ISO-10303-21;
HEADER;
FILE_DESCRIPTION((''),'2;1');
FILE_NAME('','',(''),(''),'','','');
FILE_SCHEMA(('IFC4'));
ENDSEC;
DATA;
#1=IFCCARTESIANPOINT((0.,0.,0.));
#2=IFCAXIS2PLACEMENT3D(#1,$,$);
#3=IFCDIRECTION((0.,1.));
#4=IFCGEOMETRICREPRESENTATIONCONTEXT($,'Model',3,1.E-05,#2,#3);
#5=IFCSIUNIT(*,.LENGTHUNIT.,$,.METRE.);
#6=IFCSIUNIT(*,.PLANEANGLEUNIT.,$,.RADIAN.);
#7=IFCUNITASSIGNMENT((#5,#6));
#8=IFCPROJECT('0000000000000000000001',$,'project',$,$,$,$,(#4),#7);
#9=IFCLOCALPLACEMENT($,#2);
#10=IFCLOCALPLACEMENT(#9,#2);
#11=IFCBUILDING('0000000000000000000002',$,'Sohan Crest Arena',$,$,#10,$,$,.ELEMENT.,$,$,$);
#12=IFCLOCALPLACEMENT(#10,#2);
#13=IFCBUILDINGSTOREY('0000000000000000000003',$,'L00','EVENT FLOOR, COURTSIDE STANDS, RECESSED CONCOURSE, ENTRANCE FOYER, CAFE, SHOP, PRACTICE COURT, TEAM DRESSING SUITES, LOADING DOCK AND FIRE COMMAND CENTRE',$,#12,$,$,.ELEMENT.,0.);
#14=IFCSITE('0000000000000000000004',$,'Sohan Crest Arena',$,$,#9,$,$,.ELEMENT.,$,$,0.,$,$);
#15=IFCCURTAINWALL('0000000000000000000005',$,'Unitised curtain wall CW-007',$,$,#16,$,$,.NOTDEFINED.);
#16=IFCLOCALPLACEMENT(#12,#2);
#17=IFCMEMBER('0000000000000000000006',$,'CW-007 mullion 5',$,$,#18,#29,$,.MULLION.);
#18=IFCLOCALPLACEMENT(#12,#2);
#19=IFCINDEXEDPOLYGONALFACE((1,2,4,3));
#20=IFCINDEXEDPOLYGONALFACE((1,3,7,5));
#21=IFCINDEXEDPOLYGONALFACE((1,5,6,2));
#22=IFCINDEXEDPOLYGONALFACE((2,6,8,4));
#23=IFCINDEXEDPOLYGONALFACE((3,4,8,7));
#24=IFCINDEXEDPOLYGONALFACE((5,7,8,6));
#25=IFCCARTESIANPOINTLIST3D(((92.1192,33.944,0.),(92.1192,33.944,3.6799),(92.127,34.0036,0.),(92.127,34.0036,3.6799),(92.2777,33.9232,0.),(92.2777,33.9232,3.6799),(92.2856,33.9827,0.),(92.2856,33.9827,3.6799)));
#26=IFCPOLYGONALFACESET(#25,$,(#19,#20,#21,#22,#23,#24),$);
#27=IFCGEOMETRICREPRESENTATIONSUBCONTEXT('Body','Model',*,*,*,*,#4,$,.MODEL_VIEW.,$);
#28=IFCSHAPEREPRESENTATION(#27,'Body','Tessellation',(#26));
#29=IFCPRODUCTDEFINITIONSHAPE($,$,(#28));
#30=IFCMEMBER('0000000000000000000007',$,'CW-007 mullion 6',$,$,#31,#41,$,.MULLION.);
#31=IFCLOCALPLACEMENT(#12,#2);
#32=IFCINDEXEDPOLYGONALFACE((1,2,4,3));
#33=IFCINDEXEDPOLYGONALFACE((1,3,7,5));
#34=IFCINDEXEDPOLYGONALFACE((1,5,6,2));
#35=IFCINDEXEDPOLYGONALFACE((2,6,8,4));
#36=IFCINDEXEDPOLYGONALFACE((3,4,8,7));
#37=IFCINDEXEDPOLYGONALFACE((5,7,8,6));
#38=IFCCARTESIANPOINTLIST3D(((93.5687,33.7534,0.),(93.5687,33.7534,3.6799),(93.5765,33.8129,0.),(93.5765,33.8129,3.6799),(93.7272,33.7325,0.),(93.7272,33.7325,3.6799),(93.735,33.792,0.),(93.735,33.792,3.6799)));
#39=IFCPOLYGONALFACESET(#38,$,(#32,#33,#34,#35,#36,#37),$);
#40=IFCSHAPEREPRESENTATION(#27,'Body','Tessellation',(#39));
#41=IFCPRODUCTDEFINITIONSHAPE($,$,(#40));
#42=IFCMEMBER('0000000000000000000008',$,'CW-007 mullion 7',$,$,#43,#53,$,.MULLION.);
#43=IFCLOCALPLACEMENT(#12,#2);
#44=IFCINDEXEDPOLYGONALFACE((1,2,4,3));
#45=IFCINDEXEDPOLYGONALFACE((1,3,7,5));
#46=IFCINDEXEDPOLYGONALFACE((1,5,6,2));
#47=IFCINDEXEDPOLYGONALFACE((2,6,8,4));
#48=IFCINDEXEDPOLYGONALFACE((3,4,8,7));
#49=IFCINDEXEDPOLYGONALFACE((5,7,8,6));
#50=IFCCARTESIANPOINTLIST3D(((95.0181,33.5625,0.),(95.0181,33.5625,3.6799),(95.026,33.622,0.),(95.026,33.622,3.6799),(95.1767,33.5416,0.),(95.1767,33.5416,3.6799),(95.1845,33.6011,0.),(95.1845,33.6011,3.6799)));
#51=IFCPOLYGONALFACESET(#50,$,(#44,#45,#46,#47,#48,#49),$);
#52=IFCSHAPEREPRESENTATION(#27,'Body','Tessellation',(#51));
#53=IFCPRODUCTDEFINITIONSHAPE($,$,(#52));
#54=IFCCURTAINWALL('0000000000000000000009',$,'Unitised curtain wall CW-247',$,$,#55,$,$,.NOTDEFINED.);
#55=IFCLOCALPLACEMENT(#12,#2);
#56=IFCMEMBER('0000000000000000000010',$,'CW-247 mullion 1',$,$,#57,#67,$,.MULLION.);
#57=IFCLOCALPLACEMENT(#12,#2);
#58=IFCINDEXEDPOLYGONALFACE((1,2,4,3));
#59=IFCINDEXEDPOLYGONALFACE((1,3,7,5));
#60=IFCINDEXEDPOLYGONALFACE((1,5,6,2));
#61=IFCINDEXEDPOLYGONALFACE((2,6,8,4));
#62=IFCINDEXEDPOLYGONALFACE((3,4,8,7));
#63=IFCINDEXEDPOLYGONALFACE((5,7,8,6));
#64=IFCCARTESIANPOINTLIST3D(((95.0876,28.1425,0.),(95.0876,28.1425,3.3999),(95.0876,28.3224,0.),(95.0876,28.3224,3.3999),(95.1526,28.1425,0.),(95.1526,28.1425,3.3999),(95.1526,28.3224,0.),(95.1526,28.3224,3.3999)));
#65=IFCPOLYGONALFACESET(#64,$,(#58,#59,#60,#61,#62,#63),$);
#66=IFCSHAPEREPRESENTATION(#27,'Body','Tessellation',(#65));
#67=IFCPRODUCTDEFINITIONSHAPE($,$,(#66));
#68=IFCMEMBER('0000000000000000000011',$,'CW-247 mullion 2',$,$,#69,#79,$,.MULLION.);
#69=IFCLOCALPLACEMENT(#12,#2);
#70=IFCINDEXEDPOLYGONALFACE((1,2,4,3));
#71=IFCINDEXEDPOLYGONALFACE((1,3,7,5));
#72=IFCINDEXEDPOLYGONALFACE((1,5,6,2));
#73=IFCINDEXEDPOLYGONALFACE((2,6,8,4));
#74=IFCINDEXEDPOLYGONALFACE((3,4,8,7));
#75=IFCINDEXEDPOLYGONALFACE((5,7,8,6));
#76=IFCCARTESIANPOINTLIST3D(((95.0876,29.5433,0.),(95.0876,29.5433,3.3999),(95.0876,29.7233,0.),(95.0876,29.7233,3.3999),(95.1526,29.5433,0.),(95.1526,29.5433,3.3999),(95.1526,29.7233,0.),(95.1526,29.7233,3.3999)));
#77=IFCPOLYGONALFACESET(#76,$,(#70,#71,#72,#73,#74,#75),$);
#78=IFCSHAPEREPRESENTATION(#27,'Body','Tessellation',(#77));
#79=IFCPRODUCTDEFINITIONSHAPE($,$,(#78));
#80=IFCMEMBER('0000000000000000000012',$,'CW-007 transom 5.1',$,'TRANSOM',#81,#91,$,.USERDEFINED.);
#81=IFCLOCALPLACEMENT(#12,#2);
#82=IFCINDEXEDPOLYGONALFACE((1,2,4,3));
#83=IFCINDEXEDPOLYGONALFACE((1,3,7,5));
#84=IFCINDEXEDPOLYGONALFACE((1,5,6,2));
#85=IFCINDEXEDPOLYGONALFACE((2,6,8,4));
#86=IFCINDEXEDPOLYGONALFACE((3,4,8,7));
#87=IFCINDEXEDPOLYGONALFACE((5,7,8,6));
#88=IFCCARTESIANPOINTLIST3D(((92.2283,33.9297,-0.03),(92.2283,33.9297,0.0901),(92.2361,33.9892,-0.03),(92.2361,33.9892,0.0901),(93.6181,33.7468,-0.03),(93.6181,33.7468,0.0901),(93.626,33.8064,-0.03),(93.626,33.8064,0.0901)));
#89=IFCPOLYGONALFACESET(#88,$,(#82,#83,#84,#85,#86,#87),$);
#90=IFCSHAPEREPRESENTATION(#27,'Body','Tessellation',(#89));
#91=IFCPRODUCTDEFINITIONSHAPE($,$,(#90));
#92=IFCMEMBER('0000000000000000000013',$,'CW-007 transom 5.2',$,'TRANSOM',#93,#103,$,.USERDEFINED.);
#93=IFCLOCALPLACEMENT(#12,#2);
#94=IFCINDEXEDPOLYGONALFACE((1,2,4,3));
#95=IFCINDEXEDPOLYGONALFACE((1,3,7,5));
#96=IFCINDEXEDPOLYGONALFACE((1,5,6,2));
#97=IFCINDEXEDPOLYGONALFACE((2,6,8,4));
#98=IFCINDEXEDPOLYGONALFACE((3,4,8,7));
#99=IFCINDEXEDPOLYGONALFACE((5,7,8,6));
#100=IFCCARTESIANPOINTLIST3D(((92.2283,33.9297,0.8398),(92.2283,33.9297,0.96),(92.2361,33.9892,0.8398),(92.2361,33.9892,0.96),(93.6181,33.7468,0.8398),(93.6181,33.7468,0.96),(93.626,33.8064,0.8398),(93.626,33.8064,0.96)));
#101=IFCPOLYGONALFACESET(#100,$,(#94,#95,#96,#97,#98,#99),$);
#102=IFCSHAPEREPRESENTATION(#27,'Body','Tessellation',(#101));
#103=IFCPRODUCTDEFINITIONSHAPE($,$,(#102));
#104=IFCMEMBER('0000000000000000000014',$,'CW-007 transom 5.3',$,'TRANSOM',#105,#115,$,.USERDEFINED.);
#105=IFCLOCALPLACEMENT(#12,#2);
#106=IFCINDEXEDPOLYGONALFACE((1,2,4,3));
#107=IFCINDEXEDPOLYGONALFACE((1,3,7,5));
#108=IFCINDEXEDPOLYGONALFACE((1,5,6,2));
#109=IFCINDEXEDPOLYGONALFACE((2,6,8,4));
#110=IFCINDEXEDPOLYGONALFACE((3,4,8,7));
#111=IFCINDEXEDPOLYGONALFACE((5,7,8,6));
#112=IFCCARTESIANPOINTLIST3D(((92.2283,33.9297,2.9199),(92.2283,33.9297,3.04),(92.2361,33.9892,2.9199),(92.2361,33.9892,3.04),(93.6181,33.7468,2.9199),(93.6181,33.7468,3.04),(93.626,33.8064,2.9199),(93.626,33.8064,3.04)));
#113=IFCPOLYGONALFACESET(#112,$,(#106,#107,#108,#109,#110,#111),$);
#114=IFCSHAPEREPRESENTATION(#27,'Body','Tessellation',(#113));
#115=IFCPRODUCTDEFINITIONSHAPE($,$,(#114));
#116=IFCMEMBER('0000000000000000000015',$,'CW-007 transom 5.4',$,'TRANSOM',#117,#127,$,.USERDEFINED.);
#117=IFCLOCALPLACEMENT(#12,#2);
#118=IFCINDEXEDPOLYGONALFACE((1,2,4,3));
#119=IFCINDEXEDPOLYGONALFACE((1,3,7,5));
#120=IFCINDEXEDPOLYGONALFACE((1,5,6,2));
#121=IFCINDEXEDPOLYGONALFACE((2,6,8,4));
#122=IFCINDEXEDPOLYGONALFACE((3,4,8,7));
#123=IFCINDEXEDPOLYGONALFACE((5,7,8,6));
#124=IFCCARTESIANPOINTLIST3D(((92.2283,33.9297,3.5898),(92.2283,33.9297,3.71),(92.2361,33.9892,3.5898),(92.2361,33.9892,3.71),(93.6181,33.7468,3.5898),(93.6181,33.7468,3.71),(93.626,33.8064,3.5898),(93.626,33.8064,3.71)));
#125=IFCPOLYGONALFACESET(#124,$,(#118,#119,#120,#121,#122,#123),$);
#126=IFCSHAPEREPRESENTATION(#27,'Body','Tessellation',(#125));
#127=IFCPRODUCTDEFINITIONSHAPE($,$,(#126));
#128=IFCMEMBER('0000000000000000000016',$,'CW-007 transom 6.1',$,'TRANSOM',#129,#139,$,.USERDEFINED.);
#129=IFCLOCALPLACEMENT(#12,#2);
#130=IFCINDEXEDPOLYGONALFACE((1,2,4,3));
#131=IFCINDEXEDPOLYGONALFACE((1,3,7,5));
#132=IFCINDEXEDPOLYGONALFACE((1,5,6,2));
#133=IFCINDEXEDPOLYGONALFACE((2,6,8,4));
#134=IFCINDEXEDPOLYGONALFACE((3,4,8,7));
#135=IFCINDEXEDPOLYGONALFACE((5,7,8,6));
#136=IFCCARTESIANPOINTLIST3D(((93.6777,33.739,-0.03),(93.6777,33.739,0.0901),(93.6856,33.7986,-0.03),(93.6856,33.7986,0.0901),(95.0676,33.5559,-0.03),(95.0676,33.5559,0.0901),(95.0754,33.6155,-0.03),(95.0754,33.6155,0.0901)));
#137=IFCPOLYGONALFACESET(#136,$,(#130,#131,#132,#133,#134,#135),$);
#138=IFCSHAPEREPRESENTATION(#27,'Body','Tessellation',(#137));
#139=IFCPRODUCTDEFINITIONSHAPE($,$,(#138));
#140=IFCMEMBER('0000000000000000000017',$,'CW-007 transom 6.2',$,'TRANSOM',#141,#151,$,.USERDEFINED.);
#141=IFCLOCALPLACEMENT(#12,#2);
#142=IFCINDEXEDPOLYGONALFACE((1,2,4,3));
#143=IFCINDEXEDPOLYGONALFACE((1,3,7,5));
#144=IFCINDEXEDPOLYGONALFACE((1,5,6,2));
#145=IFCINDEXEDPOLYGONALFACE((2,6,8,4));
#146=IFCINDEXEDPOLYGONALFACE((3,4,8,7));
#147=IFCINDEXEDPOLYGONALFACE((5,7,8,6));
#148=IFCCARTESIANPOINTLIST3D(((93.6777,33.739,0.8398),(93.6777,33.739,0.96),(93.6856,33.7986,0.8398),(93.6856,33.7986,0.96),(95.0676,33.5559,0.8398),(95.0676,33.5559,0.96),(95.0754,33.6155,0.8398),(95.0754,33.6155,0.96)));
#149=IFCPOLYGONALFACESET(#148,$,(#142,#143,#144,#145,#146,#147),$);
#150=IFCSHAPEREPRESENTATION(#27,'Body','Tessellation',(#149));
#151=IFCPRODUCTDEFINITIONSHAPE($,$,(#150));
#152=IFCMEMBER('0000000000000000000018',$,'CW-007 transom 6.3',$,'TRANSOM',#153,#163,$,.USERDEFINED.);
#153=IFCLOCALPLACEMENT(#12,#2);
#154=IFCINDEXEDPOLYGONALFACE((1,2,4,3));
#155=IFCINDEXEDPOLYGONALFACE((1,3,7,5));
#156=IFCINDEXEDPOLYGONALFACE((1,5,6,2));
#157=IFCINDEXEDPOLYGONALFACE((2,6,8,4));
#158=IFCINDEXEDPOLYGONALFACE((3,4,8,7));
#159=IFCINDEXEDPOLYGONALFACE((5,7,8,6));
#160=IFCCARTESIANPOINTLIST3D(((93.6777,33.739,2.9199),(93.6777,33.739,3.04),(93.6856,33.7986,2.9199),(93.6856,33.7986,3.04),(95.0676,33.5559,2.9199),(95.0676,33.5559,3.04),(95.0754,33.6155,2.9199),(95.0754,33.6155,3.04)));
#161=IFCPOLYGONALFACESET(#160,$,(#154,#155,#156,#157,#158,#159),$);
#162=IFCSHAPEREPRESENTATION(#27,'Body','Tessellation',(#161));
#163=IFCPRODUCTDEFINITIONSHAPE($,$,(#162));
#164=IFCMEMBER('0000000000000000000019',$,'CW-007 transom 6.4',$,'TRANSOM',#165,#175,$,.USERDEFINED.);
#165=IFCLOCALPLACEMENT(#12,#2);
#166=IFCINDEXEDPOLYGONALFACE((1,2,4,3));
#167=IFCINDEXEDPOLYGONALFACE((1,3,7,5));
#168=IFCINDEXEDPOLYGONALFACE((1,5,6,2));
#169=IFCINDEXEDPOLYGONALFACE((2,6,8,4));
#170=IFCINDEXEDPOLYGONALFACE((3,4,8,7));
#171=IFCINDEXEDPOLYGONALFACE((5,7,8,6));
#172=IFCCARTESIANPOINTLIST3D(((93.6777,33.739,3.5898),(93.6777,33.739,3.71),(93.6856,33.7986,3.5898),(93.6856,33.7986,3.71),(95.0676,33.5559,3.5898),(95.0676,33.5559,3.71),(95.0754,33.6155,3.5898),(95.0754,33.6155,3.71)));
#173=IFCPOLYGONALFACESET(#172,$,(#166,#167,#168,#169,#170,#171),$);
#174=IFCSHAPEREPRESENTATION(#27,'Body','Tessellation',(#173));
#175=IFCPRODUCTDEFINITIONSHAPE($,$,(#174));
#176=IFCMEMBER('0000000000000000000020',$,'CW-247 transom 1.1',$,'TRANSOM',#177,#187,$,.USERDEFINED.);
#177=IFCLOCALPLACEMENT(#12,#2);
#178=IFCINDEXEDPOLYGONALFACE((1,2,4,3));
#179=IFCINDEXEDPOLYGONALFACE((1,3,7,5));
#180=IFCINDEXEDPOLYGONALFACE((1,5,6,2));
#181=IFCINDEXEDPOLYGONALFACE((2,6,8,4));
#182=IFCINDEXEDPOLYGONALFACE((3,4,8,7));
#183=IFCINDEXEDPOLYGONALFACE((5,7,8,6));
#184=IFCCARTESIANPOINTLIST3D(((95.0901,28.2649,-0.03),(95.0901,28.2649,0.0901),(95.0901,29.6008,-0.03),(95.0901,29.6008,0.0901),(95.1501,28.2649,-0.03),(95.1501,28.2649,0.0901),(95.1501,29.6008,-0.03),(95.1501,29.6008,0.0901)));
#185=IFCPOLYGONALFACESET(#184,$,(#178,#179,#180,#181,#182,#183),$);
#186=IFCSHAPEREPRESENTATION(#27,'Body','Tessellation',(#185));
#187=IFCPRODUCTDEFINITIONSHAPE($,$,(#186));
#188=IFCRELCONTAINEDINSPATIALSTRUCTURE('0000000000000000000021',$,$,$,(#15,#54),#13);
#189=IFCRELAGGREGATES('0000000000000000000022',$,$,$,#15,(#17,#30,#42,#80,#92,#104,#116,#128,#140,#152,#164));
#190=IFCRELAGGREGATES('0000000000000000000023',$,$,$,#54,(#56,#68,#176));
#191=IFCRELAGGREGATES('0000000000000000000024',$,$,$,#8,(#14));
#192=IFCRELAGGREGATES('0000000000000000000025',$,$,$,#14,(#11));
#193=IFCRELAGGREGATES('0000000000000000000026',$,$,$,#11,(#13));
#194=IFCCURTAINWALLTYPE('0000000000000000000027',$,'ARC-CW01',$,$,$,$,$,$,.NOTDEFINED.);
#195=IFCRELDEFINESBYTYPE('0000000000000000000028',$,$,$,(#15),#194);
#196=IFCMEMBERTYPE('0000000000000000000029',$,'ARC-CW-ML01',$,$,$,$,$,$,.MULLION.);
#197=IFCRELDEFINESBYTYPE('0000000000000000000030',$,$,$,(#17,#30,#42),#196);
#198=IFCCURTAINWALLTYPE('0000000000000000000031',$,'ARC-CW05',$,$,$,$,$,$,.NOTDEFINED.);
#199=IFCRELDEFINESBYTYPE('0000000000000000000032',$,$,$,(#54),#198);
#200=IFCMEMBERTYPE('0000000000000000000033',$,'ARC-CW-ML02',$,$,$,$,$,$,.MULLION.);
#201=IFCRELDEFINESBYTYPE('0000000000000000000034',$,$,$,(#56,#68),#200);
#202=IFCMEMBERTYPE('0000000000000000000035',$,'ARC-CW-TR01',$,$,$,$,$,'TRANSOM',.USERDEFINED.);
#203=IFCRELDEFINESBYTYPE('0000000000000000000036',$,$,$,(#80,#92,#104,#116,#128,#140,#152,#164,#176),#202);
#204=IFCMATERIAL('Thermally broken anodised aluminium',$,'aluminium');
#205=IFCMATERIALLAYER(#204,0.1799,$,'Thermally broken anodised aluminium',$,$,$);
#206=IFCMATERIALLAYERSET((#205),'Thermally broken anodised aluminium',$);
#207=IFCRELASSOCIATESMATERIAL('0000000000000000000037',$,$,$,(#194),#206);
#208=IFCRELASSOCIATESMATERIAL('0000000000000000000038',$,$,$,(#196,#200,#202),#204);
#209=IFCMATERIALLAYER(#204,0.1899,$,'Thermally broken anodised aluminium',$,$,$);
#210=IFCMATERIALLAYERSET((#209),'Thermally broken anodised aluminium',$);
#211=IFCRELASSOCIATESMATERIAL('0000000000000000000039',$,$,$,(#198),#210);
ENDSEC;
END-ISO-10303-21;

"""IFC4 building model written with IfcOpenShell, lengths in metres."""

from ifc_helpers import new_model, si_unit, direction, frame, origin, origin_2d, place, context, subcontext, project, spatial, rectangle, extrude, material, layer, layer_set, material_profile, profile_set, type_object, element, aggregate, save


model = new_model("IFC4")

# Units and contexts
model_context = context("Model", 3, precision=1e-05, world=origin(), true_north=direction((0.0, 1.0)))
body_context = subcontext(model_context, "Body", "Model", "MODEL_VIEW")
ifc_project = project(units=[si_unit("LENGTHUNIT", "METRE"), si_unit("PLANEANGLEUNIT", "RADIAN")], contexts=[model_context])

# Site, building, storey
site_placement = place(None, origin())
site = spatial("IfcSite", under=ifc_project, at=site_placement, Name="Sohan Crest Arena", CompositionType="ELEMENT", RefElevation=0.0)
building_placement = place(site_placement, origin())
building = spatial("IfcBuilding", under=site, at=building_placement, Name="Sohan Crest Arena", CompositionType="ELEMENT")
storey_placement = place(building_placement, origin())
storey = spatial("IfcBuildingStorey", under=building, at=storey_placement, Name="L00", Description="EVENT FLOOR, COURTSIDE STANDS, RECESSED CONCOURSE, ENTRANCE FOYER, CAFE, SHOP, PRACTICE COURT, TEAM DRESSING SUITES, LOADING DOCK AND FIRE COMMAND CENTRE", CompositionType="ELEMENT", Elevation=0.0)

# Curtain walls, members
ifc_material_1 = material(Name="Thermally broken anodised aluminium", Category="aluminium")
ifc_layer_1 = layer(ifc_material_1, 0.1799, Name="Thermally broken anodised aluminium")
ifc_layer_set_1 = layer_set([ifc_layer_1], Name="Thermally broken anodised aluminium")
curtain_wall_type_1 = type_object("IfcCurtainWallType", Name="ARC-CW01", PredefinedType="NOTDEFINED", material=ifc_layer_set_1)
curtain_wall_1_placement = place(storey_placement, origin())
curtain_wall_1 = element("IfcCurtainWall", 1, at=curtain_wall_1_placement, inside=storey, type_object=curtain_wall_type_1, Name="Unitised curtain wall CW-007", PredefinedType="NOTDEFINED")
ifc_material_profile_1 = material_profile(ifc_material_1, rectangle(XDim=0.0601, YDim=0.1599, at=origin_2d()), Name="ALU-MULL 60x160")
ifc_profile_set_1 = profile_set([ifc_material_profile_1], Name="Thermally broken anodised aluminium")
member_type_1 = type_object("IfcMemberType", Name="ARC-CW-ML01", PredefinedType="MULLION", material=ifc_profile_set_1)
member_1_placement = place(storey_placement, frame((92.2024, 33.9634, 0.0), z_axis=(0.0, 0.0, 1.0), x_axis=(0.130567, 0.991439, 0.0)))
member_1 = element("IfcMember", 2, at=member_1_placement, type_object=member_type_1, Name="CW-007 mullion 5", PredefinedType="MULLION", context=body_context, shape_type="SweptSolid", body=[
    extrude(rectangle(XDim=0.0601, YDim=0.1599, at=origin_2d()), origin(), (0.0, 0.0, 1.0), 3.6799),
])
member_2_placement = place(storey_placement, frame((93.6519, 33.7727, 0.0), z_axis=(0.0, 0.0, 1.0), x_axis=(0.130567, 0.991439, 0.0)))
member_2 = element("IfcMember", 3, at=member_2_placement, type_object=member_type_1, Name="CW-007 mullion 6", PredefinedType="MULLION", context=body_context, shape_type="SweptSolid", body=[
    extrude(rectangle(XDim=0.0601, YDim=0.1599, at=origin_2d()), origin(), (0.0, 0.0, 1.0), 3.6799),
])
member_3_placement = place(storey_placement, frame((95.1013, 33.5818, 0.0), z_axis=(0.0, 0.0, 1.0), x_axis=(0.130567, 0.991439, 0.0)))
member_3 = element("IfcMember", 4, at=member_3_placement, type_object=member_type_1, Name="CW-007 mullion 7", PredefinedType="MULLION", context=body_context, shape_type="SweptSolid", body=[
    extrude(rectangle(XDim=0.0601, YDim=0.1599, at=origin_2d()), origin(), (0.0, 0.0, 1.0), 3.6799),
])
ifc_layer_2 = layer(ifc_material_1, 0.1899, Name="Thermally broken anodised aluminium")
ifc_layer_set_2 = layer_set([ifc_layer_2], Name="Thermally broken anodised aluminium")
curtain_wall_type_2 = type_object("IfcCurtainWallType", Name="ARC-CW05", PredefinedType="NOTDEFINED", material=ifc_layer_set_2)
curtain_wall_2_placement = place(storey_placement, origin())
curtain_wall_2 = element("IfcCurtainWall", 5, at=curtain_wall_2_placement, inside=storey, type_object=curtain_wall_type_2, Name="Unitised curtain wall CW-247", PredefinedType="NOTDEFINED")
ifc_material_profile_2 = material_profile(ifc_material_1, rectangle(XDim=0.0649, YDim=0.1799, at=origin_2d()), Name="ALU-MULL 65x180")
ifc_profile_set_2 = profile_set([ifc_material_profile_2], Name="Thermally broken anodised aluminium")
member_type_2 = type_object("IfcMemberType", Name="ARC-CW-ML02", PredefinedType="MULLION", material=ifc_profile_set_2)
member_4_placement = place(storey_placement, frame((95.1201, 28.2324, 0.0), z_axis=(0.0, 0.0, 1.0), x_axis=(-1.0, 0.0, 0.0)))
member_4 = element("IfcMember", 6, at=member_4_placement, type_object=member_type_2, Name="CW-247 mullion 1", PredefinedType="MULLION", context=body_context, shape_type="SweptSolid", body=[
    extrude(rectangle(XDim=0.0649, YDim=0.1799, at=origin_2d()), origin(), (0.0, 0.0, 1.0), 3.3999),
])
member_5_placement = place(storey_placement, frame((95.1201, 29.6333, 0.0), z_axis=(0.0, 0.0, 1.0), x_axis=(-1.0, 0.0, 0.0)))
member_5 = element("IfcMember", 7, at=member_5_placement, type_object=member_type_2, Name="CW-247 mullion 2", PredefinedType="MULLION", context=body_context, shape_type="SweptSolid", body=[
    extrude(rectangle(XDim=0.0649, YDim=0.1799, at=origin_2d()), origin(), (0.0, 0.0, 1.0), 3.3999),
])

# Members
ifc_material_profile_3 = material_profile(ifc_material_1, rectangle(XDim=0.0601, YDim=0.1201, at=origin_2d()), Name="ALU-TRAN 60x120")
ifc_profile_set_3 = profile_set([ifc_material_profile_3], Name="Thermally broken anodised aluminium")
member_type_3 = type_object("IfcMemberType", Name="ARC-CW-TR01", ElementType="TRANSOM", PredefinedType="USERDEFINED", material=ifc_profile_set_3)
member_6_placement = place(storey_placement, frame((92.2322, 33.9595, 0.03), z_axis=(0.991456, -0.130441, 0.0), x_axis=(0.130441, 0.991456, 0.0)))
member_6 = element("IfcMember", 8, at=member_6_placement, type_object=member_type_3, Name="CW-007 transom 5.1", ObjectType="TRANSOM", PredefinedType="USERDEFINED", context=body_context, shape_type="SweptSolid", body=[
    extrude(rectangle(XDim=0.0601, YDim=0.1201, at=origin_2d()), origin(), (0.0, 0.0, 1.0), 1.4019),
])
member_7_placement = place(storey_placement, frame((92.2322, 33.9595, 0.8999), z_axis=(0.991456, -0.130441, 0.0), x_axis=(0.130441, 0.991456, 0.0)))
member_7 = element("IfcMember", 9, at=member_7_placement, type_object=member_type_3, Name="CW-007 transom 5.2", ObjectType="TRANSOM", PredefinedType="USERDEFINED", context=body_context, shape_type="SweptSolid", body=[
    extrude(rectangle(XDim=0.0601, YDim=0.1201, at=origin_2d()), origin(), (0.0, 0.0, 1.0), 1.4019),
])
member_8_placement = place(storey_placement, frame((92.2322, 33.9595, 2.98), z_axis=(0.991456, -0.130441, 0.0), x_axis=(0.130441, 0.991456, 0.0)))
member_8 = element("IfcMember", 10, at=member_8_placement, type_object=member_type_3, Name="CW-007 transom 5.3", ObjectType="TRANSOM", PredefinedType="USERDEFINED", context=body_context, shape_type="SweptSolid", body=[
    extrude(rectangle(XDim=0.0601, YDim=0.1201, at=origin_2d()), origin(), (0.0, 0.0, 1.0), 1.4019),
])
member_9_placement = place(storey_placement, frame((92.2322, 33.9595, 3.6499), z_axis=(0.991456, -0.130441, 0.0), x_axis=(0.130441, 0.991456, 0.0)))
member_9 = element("IfcMember", 11, at=member_9_placement, type_object=member_type_3, Name="CW-007 transom 5.4", ObjectType="TRANSOM", PredefinedType="USERDEFINED", context=body_context, shape_type="SweptSolid", body=[
    extrude(rectangle(XDim=0.0601, YDim=0.1201, at=origin_2d()), origin(), (0.0, 0.0, 1.0), 1.4019),
])
member_10_placement = place(storey_placement, frame((93.6816, 33.7688, 0.03), z_axis=(0.991434, -0.130612, 0.0), x_axis=(0.130612, 0.991434, 0.0)))
member_10 = element("IfcMember", 12, at=member_10_placement, type_object=member_type_3, Name="CW-007 transom 6.1", ObjectType="TRANSOM", PredefinedType="USERDEFINED", context=body_context, shape_type="SweptSolid", body=[
    extrude(rectangle(XDim=0.0601, YDim=0.1201, at=origin_2d()), origin(), (0.0, 0.0, 1.0), 1.4019),
])
member_11_placement = place(storey_placement, frame((93.6816, 33.7688, 0.8999), z_axis=(0.991434, -0.130612, 0.0), x_axis=(0.130612, 0.991434, 0.0)))
member_11 = element("IfcMember", 13, at=member_11_placement, type_object=member_type_3, Name="CW-007 transom 6.2", ObjectType="TRANSOM", PredefinedType="USERDEFINED", context=body_context, shape_type="SweptSolid", body=[
    extrude(rectangle(XDim=0.0601, YDim=0.1201, at=origin_2d()), origin(), (0.0, 0.0, 1.0), 1.4019),
])
member_12_placement = place(storey_placement, frame((93.6816, 33.7688, 2.98), z_axis=(0.991434, -0.130612, 0.0), x_axis=(0.130612, 0.991434, 0.0)))
member_12 = element("IfcMember", 14, at=member_12_placement, type_object=member_type_3, Name="CW-007 transom 6.3", ObjectType="TRANSOM", PredefinedType="USERDEFINED", context=body_context, shape_type="SweptSolid", body=[
    extrude(rectangle(XDim=0.0601, YDim=0.1201, at=origin_2d()), origin(), (0.0, 0.0, 1.0), 1.4019),
])
member_13_placement = place(storey_placement, frame((93.6816, 33.7688, 3.6499), z_axis=(0.991434, -0.130612, 0.0), x_axis=(0.130612, 0.991434, 0.0)))
member_13 = element("IfcMember", 15, at=member_13_placement, type_object=member_type_3, Name="CW-007 transom 6.4", ObjectType="TRANSOM", PredefinedType="USERDEFINED", context=body_context, shape_type="SweptSolid", body=[
    extrude(rectangle(XDim=0.0601, YDim=0.1201, at=origin_2d()), origin(), (0.0, 0.0, 1.0), 1.4019),
])
member_14_placement = place(storey_placement, frame((95.1201, 28.2649, 0.03), z_axis=(0.0, 1.0, 0.0), x_axis=(-1.0, 0.0, 0.0)))
member_14 = element("IfcMember", 16, at=member_14_placement, type_object=member_type_3, Name="CW-247 transom 1.1", ObjectType="TRANSOM", PredefinedType="USERDEFINED", context=body_context, shape_type="SweptSolid", body=[
    extrude(rectangle(XDim=0.0601, YDim=0.1201, at=origin_2d()), origin(), (0.0, 0.0, 1.0), 1.3359),
])

aggregate(curtain_wall_1, [member_1, member_2, member_3, member_6, member_7, member_8, member_9, member_10, member_11, member_12, member_13])
aggregate(curtain_wall_2, [member_4, member_5, member_14])

save(model, "model.ifc")
